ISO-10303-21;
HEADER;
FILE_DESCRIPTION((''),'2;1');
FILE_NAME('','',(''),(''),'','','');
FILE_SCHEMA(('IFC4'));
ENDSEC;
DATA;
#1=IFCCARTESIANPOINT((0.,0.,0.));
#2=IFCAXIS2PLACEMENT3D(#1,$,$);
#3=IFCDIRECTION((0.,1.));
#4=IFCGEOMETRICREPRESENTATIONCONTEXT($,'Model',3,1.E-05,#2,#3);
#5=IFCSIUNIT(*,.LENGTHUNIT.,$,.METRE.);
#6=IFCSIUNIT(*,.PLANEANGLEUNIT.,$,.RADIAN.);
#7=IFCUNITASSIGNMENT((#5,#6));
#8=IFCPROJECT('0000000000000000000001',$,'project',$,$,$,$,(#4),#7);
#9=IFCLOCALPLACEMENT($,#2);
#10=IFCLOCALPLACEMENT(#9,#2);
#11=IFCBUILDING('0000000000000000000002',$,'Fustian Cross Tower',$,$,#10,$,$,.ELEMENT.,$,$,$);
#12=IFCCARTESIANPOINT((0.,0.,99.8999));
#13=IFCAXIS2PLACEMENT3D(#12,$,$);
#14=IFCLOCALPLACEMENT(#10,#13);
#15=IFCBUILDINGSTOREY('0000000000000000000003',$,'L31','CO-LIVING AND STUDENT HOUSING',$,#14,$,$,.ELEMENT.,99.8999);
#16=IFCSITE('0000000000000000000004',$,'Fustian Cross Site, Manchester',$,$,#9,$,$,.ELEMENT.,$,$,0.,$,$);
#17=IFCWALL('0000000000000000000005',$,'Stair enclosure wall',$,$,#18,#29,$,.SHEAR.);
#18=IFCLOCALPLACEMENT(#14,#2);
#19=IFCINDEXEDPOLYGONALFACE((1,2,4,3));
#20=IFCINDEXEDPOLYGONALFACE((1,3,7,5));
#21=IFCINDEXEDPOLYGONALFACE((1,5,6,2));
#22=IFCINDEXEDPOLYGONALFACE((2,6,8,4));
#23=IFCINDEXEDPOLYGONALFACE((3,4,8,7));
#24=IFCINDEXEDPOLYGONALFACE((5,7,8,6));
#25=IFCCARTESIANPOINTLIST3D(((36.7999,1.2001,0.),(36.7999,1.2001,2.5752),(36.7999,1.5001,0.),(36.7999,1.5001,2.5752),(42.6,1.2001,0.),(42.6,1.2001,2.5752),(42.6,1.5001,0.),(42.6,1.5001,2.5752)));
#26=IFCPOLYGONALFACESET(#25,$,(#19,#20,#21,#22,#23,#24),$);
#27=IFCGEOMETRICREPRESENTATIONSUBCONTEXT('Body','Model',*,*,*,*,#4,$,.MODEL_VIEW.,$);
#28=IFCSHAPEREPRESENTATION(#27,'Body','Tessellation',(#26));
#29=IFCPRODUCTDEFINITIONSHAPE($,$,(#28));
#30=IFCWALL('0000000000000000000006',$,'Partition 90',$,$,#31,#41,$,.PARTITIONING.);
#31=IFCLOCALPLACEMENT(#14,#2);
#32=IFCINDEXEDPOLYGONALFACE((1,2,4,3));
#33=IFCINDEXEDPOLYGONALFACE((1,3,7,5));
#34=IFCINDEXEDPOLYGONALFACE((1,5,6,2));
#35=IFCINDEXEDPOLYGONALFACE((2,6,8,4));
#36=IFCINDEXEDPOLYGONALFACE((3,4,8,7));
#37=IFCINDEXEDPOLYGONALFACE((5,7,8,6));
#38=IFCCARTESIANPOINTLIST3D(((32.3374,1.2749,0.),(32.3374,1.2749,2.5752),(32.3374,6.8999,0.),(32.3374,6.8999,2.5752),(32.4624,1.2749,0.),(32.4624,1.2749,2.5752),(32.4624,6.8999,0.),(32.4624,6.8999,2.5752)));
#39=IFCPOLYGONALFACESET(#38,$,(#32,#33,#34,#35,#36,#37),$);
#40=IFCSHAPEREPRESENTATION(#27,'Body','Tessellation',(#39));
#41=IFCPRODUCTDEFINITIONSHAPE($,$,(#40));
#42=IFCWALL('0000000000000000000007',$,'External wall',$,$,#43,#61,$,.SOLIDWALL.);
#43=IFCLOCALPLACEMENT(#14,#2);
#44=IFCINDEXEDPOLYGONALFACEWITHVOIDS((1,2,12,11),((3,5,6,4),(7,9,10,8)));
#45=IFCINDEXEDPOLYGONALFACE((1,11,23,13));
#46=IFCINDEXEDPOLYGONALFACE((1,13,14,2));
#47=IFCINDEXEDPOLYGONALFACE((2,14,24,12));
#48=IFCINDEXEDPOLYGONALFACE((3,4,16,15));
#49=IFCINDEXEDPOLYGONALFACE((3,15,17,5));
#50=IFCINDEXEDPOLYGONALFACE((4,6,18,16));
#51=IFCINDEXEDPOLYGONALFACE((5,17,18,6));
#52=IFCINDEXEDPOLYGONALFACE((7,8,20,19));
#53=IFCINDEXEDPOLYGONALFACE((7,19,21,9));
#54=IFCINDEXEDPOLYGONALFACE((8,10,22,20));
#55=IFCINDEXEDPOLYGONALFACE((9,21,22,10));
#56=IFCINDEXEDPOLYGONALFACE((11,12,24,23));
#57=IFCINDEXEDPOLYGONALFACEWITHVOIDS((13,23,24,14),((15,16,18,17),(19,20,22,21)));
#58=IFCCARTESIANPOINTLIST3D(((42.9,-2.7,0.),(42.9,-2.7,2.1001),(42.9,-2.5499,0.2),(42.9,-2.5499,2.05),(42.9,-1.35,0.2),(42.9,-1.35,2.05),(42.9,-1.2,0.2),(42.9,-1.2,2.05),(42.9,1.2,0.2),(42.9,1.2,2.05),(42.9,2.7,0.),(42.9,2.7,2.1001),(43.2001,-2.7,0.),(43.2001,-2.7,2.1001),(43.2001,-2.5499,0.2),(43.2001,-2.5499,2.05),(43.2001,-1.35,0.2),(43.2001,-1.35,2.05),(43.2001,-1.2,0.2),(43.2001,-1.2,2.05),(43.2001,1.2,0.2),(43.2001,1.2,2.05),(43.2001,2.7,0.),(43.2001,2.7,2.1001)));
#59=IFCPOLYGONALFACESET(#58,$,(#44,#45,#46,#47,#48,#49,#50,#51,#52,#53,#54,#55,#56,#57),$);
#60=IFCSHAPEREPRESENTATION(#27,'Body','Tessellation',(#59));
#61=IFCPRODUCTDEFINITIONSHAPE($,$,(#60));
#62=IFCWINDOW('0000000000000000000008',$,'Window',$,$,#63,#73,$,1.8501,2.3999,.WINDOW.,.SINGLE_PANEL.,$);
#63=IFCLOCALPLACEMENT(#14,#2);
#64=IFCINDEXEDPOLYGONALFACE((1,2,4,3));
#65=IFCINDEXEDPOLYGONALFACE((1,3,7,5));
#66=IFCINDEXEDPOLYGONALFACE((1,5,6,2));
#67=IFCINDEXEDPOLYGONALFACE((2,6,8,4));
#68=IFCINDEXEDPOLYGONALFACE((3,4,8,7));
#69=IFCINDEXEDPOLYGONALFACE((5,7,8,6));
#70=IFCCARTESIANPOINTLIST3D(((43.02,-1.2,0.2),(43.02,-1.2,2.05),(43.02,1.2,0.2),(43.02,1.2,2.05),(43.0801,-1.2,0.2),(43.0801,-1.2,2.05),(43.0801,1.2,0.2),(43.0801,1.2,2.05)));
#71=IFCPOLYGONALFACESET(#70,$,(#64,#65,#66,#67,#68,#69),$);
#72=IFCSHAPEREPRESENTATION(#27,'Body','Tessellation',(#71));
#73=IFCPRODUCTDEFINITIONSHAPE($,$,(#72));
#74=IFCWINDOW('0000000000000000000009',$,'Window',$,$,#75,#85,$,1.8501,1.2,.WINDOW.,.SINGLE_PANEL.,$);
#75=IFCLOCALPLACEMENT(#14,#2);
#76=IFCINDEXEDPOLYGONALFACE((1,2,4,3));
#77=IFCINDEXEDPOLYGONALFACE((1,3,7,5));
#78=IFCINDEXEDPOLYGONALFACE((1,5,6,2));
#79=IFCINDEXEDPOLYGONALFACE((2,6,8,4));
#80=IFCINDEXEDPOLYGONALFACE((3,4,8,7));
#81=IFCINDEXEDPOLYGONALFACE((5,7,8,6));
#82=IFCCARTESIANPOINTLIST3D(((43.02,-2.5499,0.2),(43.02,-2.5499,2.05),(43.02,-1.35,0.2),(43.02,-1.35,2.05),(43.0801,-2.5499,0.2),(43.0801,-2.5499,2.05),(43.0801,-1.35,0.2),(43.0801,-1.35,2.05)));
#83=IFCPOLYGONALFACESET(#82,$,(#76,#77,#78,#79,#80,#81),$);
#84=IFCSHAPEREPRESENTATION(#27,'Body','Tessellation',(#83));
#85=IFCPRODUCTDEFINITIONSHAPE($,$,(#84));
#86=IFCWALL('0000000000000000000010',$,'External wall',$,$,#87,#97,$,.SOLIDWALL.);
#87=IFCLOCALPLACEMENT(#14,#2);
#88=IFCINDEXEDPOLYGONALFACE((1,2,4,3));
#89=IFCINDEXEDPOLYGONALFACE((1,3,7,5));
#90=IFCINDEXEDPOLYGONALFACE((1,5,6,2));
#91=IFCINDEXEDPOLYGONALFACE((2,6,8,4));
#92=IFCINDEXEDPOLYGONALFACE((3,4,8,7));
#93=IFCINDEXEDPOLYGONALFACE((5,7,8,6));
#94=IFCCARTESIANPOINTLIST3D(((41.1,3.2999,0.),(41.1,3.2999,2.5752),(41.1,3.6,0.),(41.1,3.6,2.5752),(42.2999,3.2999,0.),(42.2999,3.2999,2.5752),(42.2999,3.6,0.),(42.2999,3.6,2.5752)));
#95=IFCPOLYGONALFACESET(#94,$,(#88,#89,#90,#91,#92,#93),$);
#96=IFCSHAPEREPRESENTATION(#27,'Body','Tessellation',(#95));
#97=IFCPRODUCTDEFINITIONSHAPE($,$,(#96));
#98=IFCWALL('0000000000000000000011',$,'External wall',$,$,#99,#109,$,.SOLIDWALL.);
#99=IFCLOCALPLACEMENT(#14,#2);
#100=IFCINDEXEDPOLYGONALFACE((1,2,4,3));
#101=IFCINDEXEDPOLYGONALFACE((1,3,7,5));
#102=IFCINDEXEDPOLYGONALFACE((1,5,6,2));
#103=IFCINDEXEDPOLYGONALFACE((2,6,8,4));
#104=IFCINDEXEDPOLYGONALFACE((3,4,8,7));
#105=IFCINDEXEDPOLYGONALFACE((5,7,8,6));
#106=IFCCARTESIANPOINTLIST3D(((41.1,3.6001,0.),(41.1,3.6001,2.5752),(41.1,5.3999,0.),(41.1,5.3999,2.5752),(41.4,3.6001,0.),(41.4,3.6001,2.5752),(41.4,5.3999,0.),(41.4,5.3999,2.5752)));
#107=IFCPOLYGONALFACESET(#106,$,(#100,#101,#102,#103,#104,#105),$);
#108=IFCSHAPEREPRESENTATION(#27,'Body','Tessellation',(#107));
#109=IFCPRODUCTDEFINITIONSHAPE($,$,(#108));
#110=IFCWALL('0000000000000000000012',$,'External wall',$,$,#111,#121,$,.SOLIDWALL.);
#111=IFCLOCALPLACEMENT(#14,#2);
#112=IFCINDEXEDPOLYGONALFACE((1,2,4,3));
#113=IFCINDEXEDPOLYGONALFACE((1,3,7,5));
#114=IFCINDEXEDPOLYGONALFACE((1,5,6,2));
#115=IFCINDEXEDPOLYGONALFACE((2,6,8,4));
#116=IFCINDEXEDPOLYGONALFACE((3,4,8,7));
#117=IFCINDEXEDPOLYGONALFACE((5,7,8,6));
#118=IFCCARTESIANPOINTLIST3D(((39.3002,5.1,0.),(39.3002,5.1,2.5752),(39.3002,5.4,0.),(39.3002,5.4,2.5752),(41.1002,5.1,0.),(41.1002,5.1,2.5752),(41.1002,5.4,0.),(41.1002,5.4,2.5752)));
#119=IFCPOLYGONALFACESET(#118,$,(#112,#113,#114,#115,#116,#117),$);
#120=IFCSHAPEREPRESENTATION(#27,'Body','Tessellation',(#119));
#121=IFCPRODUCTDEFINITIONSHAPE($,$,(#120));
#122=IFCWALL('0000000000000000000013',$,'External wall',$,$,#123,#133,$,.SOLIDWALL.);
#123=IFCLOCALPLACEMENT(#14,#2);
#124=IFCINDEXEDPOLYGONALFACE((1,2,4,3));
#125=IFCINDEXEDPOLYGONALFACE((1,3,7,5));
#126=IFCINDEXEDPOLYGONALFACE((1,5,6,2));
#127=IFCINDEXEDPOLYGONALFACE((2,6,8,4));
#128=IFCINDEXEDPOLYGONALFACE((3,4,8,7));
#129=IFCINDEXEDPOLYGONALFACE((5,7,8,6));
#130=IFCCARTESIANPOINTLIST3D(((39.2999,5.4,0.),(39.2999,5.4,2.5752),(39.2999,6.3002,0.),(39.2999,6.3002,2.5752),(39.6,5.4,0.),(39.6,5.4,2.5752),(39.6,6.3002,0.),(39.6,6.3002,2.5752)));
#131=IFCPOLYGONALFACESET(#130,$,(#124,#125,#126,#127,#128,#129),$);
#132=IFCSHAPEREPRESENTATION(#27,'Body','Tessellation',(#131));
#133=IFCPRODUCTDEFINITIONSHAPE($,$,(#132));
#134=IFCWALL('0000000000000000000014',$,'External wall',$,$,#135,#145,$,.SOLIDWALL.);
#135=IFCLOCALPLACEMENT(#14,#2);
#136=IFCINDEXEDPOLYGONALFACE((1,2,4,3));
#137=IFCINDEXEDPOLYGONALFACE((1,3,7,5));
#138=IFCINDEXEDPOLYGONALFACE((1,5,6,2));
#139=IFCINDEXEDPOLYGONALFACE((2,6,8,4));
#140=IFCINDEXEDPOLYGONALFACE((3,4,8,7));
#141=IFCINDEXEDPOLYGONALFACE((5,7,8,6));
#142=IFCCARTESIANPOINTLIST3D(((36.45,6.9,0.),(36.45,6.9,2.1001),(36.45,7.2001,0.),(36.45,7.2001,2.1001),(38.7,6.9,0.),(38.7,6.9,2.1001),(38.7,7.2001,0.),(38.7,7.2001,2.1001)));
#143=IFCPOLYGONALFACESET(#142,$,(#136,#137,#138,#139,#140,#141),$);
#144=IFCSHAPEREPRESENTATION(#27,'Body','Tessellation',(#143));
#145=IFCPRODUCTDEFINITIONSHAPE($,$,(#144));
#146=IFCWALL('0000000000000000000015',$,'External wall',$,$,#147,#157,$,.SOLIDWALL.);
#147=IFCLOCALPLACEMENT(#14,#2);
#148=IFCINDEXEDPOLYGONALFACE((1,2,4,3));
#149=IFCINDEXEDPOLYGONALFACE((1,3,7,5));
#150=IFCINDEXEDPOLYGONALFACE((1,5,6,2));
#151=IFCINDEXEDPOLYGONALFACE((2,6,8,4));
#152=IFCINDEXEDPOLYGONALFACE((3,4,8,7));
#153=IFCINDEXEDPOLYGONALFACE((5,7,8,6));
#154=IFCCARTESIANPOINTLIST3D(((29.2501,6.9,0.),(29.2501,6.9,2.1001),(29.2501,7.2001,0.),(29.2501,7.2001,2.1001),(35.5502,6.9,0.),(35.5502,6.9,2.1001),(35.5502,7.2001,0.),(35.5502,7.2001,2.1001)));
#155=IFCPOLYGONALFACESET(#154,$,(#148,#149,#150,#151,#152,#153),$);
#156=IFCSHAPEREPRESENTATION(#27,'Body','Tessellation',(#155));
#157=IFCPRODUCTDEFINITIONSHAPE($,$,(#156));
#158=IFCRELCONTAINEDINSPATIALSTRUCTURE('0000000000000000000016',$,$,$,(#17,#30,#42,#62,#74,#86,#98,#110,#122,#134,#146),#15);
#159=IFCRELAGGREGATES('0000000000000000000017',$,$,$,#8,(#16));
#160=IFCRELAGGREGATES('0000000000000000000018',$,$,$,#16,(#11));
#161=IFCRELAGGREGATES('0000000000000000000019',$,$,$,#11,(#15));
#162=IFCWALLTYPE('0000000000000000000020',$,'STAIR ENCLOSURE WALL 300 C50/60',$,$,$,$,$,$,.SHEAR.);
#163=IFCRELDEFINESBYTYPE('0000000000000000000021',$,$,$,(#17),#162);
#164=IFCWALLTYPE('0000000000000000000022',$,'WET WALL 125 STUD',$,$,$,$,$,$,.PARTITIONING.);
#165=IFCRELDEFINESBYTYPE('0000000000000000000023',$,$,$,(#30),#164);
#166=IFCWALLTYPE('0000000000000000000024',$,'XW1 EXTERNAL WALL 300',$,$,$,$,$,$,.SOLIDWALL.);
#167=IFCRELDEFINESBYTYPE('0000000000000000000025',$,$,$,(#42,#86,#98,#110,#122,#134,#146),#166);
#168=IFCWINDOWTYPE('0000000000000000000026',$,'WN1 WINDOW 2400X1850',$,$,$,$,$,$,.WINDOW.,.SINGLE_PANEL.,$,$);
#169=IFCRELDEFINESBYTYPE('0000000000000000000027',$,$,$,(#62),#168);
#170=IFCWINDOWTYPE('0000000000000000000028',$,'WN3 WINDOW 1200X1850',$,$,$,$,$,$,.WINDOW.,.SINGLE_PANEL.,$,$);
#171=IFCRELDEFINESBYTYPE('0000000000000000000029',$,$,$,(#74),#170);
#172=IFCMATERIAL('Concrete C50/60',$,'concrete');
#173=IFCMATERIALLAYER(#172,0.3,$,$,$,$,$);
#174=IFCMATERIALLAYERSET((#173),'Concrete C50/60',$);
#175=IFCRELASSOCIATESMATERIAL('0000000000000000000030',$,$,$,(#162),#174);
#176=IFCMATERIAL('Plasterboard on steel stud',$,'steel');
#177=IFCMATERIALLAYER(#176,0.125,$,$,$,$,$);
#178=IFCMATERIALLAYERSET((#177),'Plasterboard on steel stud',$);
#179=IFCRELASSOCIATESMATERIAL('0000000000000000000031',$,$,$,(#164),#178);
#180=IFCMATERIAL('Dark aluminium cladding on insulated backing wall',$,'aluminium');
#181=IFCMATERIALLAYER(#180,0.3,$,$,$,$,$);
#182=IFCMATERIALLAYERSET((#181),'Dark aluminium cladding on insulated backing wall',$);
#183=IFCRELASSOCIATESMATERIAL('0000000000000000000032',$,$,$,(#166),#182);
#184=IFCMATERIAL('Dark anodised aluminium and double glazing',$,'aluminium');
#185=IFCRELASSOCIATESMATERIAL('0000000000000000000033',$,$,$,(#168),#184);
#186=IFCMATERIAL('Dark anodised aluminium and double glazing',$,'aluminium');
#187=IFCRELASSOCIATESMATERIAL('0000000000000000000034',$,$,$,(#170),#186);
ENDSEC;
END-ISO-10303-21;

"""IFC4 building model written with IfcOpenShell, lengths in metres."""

from ifc_helpers import new_model, si_unit, direction, frame, frame_2d, origin, place, context, subcontext, project, spatial, rectangle, extrude, material, layer, layer_set, type_object, element, fill, save


model = new_model("IFC4")

# Units and contexts
model_context = context("Model", 3, precision=1e-05, world=origin(), true_north=direction((0.0, 1.0)))
body_context = subcontext(model_context, "Body", "Model", "MODEL_VIEW")
ifc_project = project(units=[si_unit("LENGTHUNIT", "METRE"), si_unit("PLANEANGLEUNIT", "RADIAN")], contexts=[model_context])

# Site, building, storey
site_placement = place(None, origin())
site = spatial("IfcSite", under=ifc_project, at=site_placement, Name="Fustian Cross Site, Manchester", CompositionType="ELEMENT", RefElevation=0.0)
building_placement = place(site_placement, origin())
building = spatial("IfcBuilding", under=site, at=building_placement, Name="Fustian Cross Tower", CompositionType="ELEMENT")
storey_placement = place(building_placement, frame((0.0, 0.0, 99.8999)))
storey = spatial("IfcBuildingStorey", under=building, at=storey_placement, Name="L31", Description="CO-LIVING AND STUDENT HOUSING", CompositionType="ELEMENT", Elevation=99.8999)

# Shared definitions
ifc_material_1 = material(Name="Concrete C50/60", Category="concrete")
ifc_layer_1 = layer(ifc_material_1, 0.3)
ifc_layer_set_1 = layer_set([ifc_layer_1], Name="Concrete C50/60")
wall_type_1 = type_object("IfcWallType", Name="STAIR ENCLOSURE WALL 300 C50/60", PredefinedType="SHEAR", material=ifc_layer_set_1)

# Walls
for number, where, z_axis, x_axis, name in (
    (1, (36.8, 1.3501, 0.0), (0.0, 0.0, 1.0), (1.0, 0.0, 0.0), "Stair enclosure wall"),
):
    element("IfcWall", number, at=place(storey_placement, frame(where, z_axis=z_axis, x_axis=x_axis)), inside=storey, type_object=wall_type_1, Name=name, PredefinedType="SHEAR", context=body_context, shape_type="SweptSolid", body=[
        extrude(rectangle(XDim=5.8, YDim=0.3, at=frame_2d((2.8999, 0.0))), origin(), (0.0, 0.0, 1.0), 2.5752),
    ])
ifc_material_2 = material(Name="Plasterboard on steel stud", Category="steel")
ifc_layer_2 = layer(ifc_material_2, 0.125)
ifc_layer_set_2 = layer_set([ifc_layer_2], Name="Plasterboard on steel stud")
wall_type_2 = type_object("IfcWallType", Name="WET WALL 125 STUD", PredefinedType="PARTITIONING", material=ifc_layer_set_2)
wall_1_placement = place(storey_placement, frame((32.3999, 1.2749, 0.0), z_axis=(0.0, 0.0, 1.0), x_axis=(0.0, 1.0, 0.0)))
element("IfcWall", 2, at=wall_1_placement, inside=storey, type_object=wall_type_2, Name="Partition 90", PredefinedType="PARTITIONING", context=body_context, shape_type="SweptSolid", body=[
    extrude(rectangle(XDim=5.625, YDim=0.125, at=frame_2d((2.8125, 0.0))), origin(), (0.0, 0.0, 1.0), 2.5752),
])

# Wall, openings, windows
ifc_material_3 = material(Name="Dark aluminium cladding on insulated backing wall", Category="aluminium")
ifc_layer_3 = layer(ifc_material_3, 0.3)
ifc_layer_set_3 = layer_set([ifc_layer_3], Name="Dark aluminium cladding on insulated backing wall")
wall_type_3 = type_object("IfcWallType", Name="XW1 EXTERNAL WALL 300", PredefinedType="SOLIDWALL", material=ifc_layer_set_3)
wall_2_placement = place(storey_placement, frame((43.05, -2.7, 0.0), z_axis=(0.0, 0.0, 1.0), x_axis=(0.0, 1.0, 0.0)))
wall_2 = element("IfcWall", 3, at=wall_2_placement, inside=storey, type_object=wall_type_3, Name="External wall", PredefinedType="SOLIDWALL", context=body_context, shape_type="SweptSolid", body=[
    extrude(rectangle(XDim=5.3999, YDim=0.3, at=frame_2d((2.7, 0.0))), origin(), (0.0, 0.0, 1.0), 2.1001),
])
opening_1_placement = place(wall_2_placement, frame((1.5, 0.0, 0.2)))
opening_1 = element("IfcOpeningElement", 4, at=opening_1_placement, cuts=wall_2, PredefinedType="OPENING", context=body_context, shape_type="SweptSolid", body=[
    extrude(rectangle(XDim=2.3999, YDim=1.8501, at=frame_2d((1.2, 0.925))), frame((0.0, 0.1599, 0.0), z_axis=(0.0, -1.0, 0.0), x_axis=(1.0, 0.0, 0.0)), (0.0, 0.0, 1.0), 0.3201),
])
opening_2_placement = place(wall_2_placement, frame((0.1499, 0.0, 0.2)))
opening_2 = element("IfcOpeningElement", 5, at=opening_2_placement, cuts=wall_2, PredefinedType="OPENING", context=body_context, shape_type="SweptSolid", body=[
    extrude(rectangle(XDim=1.2, YDim=1.8501, at=frame_2d((0.6001, 0.925))), frame((0.0, 0.1599, 0.0), z_axis=(0.0, -1.0, 0.0), x_axis=(1.0, 0.0, 0.0)), (0.0, 0.0, 1.0), 0.3201),
])
ifc_material_4 = material(Name="Dark anodised aluminium and double glazing", Category="aluminium")
window_type_1 = type_object("IfcWindowType", Name="WN1 WINDOW 2400X1850", PartitioningType="SINGLE_PANEL", PredefinedType="WINDOW", material=ifc_material_4)
window_1_placement = place(opening_1_placement, origin())
window_1 = element("IfcWindow", 6, at=window_1_placement, inside=storey, type_object=window_type_1, Name="Window", OverallHeight=1.8501, OverallWidth=2.3999, PartitioningType="SINGLE_PANEL", PredefinedType="WINDOW", context=body_context, shape_type="SweptSolid", body=[
    extrude(rectangle(XDim=2.3999, YDim=1.8501, at=frame_2d((1.2, 0.925))), frame((0.0, 0.03, 0.0), z_axis=(0.0, -1.0, 0.0), x_axis=(1.0, 0.0, 0.0)), (0.0, 0.0, 1.0), 0.0601),
])
fill(opening_1, window_1)
ifc_material_5 = material(Name="Dark anodised aluminium and double glazing", Category="aluminium")
window_type_2 = type_object("IfcWindowType", Name="WN3 WINDOW 1200X1850", PartitioningType="SINGLE_PANEL", PredefinedType="WINDOW", material=ifc_material_5)
window_2_placement = place(opening_2_placement, origin())
window_2 = element("IfcWindow", 7, at=window_2_placement, inside=storey, type_object=window_type_2, Name="Window", OverallHeight=1.8501, OverallWidth=1.2, PartitioningType="SINGLE_PANEL", PredefinedType="WINDOW", context=body_context, shape_type="SweptSolid", body=[
    extrude(rectangle(XDim=1.2, YDim=1.8501, at=frame_2d((0.6001, 0.925))), frame((0.0, 0.03, 0.0), z_axis=(0.0, -1.0, 0.0), x_axis=(1.0, 0.0, 0.0)), (0.0, 0.0, 1.0), 0.0601),
])
fill(opening_2, window_2)

# Walls
wall_3_placement = place(storey_placement, frame((42.3, 3.45, 0.0), z_axis=(0.0, 0.0, 1.0), x_axis=(-1.0, 0.0, 0.0)))
element("IfcWall", 8, at=wall_3_placement, inside=storey, type_object=wall_type_3, Name="External wall", PredefinedType="SOLIDWALL", context=body_context, shape_type="SweptSolid", body=[
    extrude(rectangle(XDim=1.2, YDim=0.3, at=frame_2d((0.6001, 0.0))), origin(), (0.0, 0.0, 1.0), 2.5752),
])
wall_4_placement = place(storey_placement, frame((41.25, 3.6001, 0.0), z_axis=(0.0, 0.0, 1.0), x_axis=(0.0, 1.0, 0.0)))
element("IfcWall", 9, at=wall_4_placement, inside=storey, type_object=wall_type_3, Name="External wall", PredefinedType="SOLIDWALL", context=body_context, shape_type="SweptSolid", body=[
    extrude(rectangle(XDim=1.7998, YDim=0.3, at=frame_2d((0.8999, 0.0))), origin(), (0.0, 0.0, 1.0), 2.5752),
])
wall_5_placement = place(storey_placement, frame((41.1001, 5.25, 0.0), z_axis=(0.0, 0.0, 1.0), x_axis=(-1.0, 0.0, 0.0)))
element("IfcWall", 10, at=wall_5_placement, inside=storey, type_object=wall_type_3, Name="External wall", PredefinedType="SOLIDWALL", context=body_context, shape_type="SweptSolid", body=[
    extrude(rectangle(XDim=1.8, YDim=0.3, at=frame_2d((0.8999, 0.0))), origin(), (0.0, 0.0, 1.0), 2.5752),
])
wall_6_placement = place(storey_placement, frame((39.45, 5.3999, 0.0), z_axis=(0.0, 0.0, 1.0), x_axis=(0.0, 1.0, 0.0)))
element("IfcWall", 11, at=wall_6_placement, inside=storey, type_object=wall_type_3, Name="External wall", PredefinedType="SOLIDWALL", context=body_context, shape_type="SweptSolid", body=[
    extrude(rectangle(XDim=0.9001, YDim=0.3, at=frame_2d((0.4502, 0.0))), origin(), (0.0, 0.0, 1.0), 2.5752),
])
wall_7_placement = place(storey_placement, frame((38.7, 7.05, 0.0), z_axis=(0.0, 0.0, 1.0), x_axis=(-1.0, 0.0, 0.0)))
element("IfcWall", 12, at=wall_7_placement, inside=storey, type_object=wall_type_3, Name="External wall", PredefinedType="SOLIDWALL", context=body_context, shape_type="SweptSolid", body=[
    extrude(rectangle(XDim=2.25, YDim=0.3, at=frame_2d((1.125, 0.0))), origin(), (0.0, 0.0, 1.0), 2.1001),
])
wall_8_placement = place(storey_placement, frame((35.55, 7.05, 0.0), z_axis=(0.0, 0.0, 1.0), x_axis=(-1.0, 0.0, 0.0)))
element("IfcWall", 13, at=wall_8_placement, inside=storey, type_object=wall_type_3, Name="External wall", PredefinedType="SOLIDWALL", context=body_context, shape_type="SweptSolid", body=[
    extrude(rectangle(XDim=6.3, YDim=0.3, at=frame_2d((3.1499, 0.0))), origin(), (0.0, 0.0, 1.0), 2.1001),
])

save(model, "model.ifc")
